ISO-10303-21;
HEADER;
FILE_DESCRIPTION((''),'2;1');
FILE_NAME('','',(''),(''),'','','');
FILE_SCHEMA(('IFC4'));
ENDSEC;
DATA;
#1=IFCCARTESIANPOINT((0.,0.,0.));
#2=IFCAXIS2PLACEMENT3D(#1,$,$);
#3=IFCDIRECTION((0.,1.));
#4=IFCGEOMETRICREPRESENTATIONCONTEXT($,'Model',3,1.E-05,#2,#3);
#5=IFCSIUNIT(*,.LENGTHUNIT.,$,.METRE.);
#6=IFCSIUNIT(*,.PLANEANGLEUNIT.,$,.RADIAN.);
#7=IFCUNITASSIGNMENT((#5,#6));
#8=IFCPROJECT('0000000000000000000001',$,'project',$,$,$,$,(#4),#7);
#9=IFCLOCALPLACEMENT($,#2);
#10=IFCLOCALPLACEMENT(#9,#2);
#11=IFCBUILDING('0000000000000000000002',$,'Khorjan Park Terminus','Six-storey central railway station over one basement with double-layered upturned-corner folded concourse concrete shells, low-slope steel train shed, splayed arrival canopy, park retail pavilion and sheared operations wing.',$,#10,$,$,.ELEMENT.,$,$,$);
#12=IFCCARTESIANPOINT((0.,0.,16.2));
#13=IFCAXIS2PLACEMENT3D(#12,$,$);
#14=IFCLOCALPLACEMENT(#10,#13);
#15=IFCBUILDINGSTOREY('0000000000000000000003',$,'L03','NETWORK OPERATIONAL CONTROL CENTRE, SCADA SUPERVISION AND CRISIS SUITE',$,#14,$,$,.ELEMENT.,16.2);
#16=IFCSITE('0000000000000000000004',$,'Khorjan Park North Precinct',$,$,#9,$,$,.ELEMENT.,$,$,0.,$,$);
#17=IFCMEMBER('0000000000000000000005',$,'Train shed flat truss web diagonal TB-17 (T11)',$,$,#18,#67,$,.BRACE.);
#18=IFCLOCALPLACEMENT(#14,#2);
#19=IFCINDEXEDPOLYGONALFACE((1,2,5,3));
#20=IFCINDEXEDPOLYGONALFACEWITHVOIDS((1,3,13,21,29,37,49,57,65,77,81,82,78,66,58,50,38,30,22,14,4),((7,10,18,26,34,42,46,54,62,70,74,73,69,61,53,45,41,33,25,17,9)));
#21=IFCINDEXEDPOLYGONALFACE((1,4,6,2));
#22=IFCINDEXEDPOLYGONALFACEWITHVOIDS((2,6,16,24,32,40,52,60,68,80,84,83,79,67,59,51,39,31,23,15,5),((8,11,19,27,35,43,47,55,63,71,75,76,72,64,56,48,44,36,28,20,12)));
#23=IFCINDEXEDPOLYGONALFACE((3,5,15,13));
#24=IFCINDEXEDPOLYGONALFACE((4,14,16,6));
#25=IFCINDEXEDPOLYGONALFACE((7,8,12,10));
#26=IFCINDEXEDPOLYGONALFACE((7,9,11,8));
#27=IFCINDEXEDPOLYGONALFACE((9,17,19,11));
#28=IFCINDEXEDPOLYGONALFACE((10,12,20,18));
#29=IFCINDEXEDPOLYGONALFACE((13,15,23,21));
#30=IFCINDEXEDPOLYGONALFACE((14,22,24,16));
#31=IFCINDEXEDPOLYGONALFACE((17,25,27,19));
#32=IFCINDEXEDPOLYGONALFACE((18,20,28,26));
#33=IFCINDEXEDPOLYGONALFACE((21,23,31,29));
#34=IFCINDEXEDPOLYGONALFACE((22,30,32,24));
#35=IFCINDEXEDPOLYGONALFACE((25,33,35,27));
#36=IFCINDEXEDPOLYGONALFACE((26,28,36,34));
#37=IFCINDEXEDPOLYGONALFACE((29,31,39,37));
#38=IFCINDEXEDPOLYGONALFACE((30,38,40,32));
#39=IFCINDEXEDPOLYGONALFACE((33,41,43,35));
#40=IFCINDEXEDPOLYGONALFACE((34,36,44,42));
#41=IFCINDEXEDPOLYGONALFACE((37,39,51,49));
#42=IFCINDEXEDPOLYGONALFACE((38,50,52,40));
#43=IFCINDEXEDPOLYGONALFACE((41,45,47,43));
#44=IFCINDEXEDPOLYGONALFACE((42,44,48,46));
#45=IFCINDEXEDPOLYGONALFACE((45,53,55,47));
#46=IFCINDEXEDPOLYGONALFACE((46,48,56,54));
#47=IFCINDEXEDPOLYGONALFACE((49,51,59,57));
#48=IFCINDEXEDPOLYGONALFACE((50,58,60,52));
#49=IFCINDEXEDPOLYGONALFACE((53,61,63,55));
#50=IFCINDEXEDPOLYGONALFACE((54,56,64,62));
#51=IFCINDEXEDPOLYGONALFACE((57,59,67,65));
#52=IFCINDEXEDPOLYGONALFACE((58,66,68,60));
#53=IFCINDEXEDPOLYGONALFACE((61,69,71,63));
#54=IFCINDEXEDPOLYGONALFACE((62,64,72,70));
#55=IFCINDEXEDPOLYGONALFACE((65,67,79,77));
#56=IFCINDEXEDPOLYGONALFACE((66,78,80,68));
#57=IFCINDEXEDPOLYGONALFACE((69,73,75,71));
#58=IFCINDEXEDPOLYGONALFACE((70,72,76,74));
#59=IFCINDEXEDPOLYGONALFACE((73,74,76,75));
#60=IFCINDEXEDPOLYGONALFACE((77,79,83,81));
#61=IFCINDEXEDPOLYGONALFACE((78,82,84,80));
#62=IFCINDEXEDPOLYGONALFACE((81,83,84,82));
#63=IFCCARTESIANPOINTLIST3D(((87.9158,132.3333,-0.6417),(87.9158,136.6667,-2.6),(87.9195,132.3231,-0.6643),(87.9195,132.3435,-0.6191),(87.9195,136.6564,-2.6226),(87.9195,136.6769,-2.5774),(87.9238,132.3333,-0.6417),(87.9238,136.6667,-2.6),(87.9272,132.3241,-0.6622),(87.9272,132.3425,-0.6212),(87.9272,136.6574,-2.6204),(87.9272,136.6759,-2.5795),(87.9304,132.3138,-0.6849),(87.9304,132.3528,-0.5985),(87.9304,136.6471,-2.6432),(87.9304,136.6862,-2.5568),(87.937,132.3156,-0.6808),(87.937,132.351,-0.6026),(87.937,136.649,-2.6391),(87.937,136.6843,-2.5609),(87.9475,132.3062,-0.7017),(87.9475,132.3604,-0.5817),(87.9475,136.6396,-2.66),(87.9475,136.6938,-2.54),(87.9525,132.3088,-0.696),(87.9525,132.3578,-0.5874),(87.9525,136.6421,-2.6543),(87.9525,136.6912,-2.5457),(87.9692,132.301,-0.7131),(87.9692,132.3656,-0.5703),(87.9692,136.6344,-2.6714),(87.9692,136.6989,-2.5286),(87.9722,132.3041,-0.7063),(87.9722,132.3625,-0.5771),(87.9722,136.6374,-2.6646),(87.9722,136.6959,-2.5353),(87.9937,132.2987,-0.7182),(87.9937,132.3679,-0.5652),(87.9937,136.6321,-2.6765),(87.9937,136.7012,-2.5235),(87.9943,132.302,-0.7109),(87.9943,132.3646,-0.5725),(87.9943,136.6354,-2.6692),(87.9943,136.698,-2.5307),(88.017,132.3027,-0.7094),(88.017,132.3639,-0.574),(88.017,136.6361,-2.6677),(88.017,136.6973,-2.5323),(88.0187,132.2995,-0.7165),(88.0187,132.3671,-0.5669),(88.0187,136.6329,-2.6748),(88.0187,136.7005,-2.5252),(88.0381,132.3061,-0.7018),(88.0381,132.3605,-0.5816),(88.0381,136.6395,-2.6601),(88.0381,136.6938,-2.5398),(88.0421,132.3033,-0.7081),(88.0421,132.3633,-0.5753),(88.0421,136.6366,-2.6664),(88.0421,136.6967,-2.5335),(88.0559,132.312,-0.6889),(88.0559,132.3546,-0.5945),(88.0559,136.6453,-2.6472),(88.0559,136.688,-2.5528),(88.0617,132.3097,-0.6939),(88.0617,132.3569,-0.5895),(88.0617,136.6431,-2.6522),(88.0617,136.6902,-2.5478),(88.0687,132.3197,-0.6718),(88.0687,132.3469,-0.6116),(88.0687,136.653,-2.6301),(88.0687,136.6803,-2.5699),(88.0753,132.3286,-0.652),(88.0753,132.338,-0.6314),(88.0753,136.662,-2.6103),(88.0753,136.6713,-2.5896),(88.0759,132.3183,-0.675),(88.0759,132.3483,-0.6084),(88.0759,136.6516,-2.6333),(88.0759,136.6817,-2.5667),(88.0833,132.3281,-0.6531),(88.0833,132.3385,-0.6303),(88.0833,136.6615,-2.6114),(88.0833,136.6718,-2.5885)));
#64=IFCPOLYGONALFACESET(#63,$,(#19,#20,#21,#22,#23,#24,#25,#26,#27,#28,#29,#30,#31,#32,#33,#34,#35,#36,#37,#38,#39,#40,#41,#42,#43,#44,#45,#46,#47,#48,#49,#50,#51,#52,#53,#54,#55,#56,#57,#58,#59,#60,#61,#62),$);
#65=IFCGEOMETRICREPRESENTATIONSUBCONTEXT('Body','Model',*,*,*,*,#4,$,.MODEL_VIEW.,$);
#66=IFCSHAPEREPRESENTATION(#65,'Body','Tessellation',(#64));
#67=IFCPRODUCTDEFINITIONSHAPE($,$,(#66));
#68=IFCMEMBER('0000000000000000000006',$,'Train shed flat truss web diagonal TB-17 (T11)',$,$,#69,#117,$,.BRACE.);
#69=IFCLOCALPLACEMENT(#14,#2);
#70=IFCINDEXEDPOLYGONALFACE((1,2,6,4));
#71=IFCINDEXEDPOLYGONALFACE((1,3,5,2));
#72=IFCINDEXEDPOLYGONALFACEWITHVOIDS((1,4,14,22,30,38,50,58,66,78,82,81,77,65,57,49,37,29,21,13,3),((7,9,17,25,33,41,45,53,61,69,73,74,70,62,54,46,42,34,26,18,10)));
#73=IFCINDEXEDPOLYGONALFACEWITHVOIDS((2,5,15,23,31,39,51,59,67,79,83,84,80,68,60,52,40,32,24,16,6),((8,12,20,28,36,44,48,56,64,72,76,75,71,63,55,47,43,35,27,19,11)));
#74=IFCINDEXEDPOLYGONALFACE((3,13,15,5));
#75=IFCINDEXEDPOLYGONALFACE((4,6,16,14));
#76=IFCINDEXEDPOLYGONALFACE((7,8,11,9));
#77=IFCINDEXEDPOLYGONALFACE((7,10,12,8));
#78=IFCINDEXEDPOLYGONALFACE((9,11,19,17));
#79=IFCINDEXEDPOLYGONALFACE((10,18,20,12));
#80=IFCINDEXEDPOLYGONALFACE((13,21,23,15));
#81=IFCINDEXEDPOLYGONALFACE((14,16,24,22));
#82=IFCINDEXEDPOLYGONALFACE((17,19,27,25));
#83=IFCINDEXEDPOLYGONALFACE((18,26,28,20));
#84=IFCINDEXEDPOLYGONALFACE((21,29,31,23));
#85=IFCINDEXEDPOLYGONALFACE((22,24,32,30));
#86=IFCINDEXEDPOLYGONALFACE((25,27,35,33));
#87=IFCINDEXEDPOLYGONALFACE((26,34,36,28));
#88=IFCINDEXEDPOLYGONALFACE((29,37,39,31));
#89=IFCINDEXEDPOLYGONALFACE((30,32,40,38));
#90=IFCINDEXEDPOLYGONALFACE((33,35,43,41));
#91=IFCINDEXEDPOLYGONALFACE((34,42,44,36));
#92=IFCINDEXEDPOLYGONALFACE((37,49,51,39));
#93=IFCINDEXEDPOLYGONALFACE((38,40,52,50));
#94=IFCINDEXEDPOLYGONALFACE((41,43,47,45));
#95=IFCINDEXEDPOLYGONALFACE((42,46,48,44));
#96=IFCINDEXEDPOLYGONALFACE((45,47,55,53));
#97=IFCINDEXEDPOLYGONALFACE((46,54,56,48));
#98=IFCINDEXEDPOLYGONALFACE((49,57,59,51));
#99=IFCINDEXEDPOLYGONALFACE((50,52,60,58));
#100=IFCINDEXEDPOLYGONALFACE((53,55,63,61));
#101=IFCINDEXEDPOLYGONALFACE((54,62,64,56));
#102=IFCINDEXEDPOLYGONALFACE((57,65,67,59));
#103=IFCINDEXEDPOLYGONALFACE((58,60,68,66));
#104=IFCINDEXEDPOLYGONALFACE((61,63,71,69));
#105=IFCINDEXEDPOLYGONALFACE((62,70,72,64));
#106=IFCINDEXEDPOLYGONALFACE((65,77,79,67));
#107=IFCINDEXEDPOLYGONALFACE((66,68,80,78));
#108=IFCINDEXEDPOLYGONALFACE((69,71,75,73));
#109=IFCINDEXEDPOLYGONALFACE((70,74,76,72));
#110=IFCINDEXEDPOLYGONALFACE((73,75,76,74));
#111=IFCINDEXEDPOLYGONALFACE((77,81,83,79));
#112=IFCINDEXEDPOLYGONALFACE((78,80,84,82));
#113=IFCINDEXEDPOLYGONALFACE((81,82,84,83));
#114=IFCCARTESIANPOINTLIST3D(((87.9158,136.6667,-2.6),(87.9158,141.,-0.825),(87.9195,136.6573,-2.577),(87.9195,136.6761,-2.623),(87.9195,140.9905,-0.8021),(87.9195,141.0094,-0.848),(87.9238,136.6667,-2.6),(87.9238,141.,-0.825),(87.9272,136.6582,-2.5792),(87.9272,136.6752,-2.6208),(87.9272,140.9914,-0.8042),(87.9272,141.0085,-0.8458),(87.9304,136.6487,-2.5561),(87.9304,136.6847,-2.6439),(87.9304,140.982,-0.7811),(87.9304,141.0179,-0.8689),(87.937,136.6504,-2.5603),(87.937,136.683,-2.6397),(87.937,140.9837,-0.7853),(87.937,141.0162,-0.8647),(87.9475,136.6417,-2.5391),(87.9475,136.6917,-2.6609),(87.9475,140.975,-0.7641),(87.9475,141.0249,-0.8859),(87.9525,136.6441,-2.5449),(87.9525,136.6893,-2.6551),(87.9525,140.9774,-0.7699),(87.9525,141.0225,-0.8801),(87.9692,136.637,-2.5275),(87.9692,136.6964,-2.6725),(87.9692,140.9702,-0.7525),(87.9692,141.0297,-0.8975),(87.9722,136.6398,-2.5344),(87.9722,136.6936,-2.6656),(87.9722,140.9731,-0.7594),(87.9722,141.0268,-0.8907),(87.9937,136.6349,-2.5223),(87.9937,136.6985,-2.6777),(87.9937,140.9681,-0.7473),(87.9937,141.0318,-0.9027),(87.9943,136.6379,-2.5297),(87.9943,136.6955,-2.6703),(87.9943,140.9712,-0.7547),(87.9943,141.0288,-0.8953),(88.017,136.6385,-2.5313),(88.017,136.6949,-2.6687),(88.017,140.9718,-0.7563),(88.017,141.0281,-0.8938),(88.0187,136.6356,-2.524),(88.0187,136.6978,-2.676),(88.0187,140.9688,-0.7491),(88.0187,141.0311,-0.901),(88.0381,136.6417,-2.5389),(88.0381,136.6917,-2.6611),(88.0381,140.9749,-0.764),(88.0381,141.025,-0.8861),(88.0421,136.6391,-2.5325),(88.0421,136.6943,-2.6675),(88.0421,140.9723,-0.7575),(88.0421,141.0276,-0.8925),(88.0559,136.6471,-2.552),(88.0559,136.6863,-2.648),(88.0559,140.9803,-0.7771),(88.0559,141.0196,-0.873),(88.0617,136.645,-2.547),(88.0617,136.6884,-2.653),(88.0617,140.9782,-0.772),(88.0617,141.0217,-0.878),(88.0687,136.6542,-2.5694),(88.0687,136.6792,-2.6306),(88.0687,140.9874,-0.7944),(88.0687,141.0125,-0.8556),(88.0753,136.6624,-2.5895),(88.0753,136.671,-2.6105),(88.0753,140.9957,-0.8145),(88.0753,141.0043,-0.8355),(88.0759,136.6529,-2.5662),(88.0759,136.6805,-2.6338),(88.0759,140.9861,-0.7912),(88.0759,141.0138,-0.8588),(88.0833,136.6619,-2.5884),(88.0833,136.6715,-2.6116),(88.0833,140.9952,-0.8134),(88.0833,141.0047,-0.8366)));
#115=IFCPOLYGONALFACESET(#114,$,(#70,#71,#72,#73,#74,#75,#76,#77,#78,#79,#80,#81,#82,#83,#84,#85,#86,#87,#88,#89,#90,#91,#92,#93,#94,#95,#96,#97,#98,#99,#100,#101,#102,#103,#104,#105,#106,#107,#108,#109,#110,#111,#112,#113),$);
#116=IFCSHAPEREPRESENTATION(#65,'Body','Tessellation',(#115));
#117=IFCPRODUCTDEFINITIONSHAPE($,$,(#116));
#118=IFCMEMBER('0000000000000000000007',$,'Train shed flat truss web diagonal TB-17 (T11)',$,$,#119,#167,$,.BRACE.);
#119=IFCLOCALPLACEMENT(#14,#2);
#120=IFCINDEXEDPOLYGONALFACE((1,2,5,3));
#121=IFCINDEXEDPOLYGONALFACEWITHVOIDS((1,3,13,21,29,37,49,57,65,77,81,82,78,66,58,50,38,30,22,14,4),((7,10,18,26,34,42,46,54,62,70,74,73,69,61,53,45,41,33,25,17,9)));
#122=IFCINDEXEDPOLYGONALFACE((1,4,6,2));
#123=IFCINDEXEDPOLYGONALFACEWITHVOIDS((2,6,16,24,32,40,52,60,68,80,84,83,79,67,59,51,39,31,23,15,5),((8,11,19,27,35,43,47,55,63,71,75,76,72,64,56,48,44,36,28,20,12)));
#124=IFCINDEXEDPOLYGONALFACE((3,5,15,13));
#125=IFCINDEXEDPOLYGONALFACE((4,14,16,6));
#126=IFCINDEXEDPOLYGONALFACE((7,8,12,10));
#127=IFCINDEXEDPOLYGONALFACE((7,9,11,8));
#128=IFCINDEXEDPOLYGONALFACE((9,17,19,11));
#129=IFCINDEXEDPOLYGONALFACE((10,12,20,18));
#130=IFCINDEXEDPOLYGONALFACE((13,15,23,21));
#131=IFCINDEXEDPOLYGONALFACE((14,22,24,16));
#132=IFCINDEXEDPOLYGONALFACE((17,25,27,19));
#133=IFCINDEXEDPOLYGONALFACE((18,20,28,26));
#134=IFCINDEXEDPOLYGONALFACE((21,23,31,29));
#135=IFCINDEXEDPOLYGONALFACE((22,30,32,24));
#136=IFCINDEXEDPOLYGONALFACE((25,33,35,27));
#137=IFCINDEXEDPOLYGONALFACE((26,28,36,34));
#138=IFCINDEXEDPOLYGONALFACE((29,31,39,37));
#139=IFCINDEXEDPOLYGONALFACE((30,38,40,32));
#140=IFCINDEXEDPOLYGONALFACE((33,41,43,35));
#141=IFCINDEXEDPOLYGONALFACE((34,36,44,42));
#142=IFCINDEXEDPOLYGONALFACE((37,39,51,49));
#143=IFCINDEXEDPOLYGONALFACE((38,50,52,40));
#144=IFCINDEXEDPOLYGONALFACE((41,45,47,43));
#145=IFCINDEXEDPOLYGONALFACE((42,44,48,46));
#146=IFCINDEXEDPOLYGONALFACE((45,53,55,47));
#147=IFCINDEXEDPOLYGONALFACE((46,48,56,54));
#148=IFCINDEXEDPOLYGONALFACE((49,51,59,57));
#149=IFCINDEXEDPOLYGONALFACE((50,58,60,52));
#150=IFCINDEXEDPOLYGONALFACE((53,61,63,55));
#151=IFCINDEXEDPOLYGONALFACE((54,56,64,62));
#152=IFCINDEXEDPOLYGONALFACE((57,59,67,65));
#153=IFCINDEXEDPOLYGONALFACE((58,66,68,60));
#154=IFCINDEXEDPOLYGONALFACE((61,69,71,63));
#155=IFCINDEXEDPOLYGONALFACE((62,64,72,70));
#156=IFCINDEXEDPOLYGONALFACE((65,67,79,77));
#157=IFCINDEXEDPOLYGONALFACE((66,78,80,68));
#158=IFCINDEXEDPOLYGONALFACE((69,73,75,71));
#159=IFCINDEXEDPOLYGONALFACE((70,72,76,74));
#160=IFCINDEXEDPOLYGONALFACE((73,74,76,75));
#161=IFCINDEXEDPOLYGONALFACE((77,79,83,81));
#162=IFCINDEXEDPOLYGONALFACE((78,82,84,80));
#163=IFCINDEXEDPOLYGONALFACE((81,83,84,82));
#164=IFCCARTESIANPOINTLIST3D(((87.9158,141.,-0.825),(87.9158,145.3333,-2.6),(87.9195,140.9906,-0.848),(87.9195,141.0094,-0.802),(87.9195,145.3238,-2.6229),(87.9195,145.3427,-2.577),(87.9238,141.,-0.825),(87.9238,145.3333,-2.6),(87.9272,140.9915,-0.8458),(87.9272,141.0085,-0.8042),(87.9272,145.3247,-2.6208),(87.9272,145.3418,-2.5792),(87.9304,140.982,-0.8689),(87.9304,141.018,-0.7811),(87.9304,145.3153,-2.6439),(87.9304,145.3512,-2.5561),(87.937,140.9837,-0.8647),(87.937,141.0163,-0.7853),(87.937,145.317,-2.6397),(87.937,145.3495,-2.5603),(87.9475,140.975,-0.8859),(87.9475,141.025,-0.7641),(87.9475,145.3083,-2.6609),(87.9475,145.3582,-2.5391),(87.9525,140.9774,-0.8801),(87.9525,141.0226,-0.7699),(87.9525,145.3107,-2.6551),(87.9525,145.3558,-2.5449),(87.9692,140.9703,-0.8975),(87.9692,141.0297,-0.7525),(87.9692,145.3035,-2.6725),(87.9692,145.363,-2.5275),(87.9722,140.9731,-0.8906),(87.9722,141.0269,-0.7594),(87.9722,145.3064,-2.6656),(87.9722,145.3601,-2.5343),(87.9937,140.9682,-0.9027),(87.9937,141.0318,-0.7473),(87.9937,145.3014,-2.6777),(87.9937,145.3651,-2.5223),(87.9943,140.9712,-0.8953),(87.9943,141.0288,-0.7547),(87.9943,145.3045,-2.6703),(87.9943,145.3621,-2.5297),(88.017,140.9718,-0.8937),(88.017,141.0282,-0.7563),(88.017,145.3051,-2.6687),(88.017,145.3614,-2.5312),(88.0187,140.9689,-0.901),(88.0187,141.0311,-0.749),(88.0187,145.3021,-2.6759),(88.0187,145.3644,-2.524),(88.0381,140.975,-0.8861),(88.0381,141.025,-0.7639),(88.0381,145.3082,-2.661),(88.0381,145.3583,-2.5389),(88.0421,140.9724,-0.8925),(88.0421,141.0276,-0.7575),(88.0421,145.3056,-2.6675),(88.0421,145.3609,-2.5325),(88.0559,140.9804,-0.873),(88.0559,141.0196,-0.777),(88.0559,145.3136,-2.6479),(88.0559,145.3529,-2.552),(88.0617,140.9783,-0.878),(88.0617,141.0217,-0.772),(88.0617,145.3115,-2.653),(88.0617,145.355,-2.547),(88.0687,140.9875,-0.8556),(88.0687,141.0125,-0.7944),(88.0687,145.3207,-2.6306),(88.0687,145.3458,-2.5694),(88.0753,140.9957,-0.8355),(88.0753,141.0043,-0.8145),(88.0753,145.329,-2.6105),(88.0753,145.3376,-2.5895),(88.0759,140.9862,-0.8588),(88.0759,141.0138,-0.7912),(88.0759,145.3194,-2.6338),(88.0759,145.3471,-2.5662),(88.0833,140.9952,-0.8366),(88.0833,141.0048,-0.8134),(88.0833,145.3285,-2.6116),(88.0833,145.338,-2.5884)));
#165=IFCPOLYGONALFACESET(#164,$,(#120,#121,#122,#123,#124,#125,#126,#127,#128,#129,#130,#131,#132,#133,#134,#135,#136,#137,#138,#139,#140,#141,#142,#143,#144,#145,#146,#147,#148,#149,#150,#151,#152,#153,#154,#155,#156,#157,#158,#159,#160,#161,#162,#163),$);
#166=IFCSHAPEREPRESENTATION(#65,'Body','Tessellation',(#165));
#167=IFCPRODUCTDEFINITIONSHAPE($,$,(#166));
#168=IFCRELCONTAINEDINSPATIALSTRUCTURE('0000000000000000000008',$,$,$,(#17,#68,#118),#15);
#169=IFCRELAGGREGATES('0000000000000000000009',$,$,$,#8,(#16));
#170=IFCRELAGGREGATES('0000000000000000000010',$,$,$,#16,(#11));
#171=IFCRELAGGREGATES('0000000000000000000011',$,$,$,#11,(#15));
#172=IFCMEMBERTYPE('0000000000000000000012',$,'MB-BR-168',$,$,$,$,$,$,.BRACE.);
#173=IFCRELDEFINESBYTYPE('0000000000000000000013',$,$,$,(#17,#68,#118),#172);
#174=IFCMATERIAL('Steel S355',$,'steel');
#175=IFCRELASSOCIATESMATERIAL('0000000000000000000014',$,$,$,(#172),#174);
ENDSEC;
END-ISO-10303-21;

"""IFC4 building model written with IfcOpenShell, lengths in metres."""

from ifc_helpers import new_model, si_unit, direction, frame, origin, origin_2d, place, context, subcontext, project, spatial, hollow_circle, extrude, material, material_profile, profile_set, type_object, element, save


model = new_model("IFC4")

# Units and contexts
model_context = context("Model", 3, precision=1e-05, world=origin(), true_north=direction((0.0, 1.0)))
body_context = subcontext(model_context, "Body", "Model", "MODEL_VIEW")
ifc_project = project(units=[si_unit("LENGTHUNIT", "METRE"), si_unit("PLANEANGLEUNIT", "RADIAN")], contexts=[model_context])

# Site, building, storey
site_placement = place(None, origin())
site = spatial("IfcSite", under=ifc_project, at=site_placement, Name="Khorjan Park North Precinct", CompositionType="ELEMENT", RefElevation=0.0)
building_placement = place(site_placement, origin())
building = spatial("IfcBuilding", under=site, at=building_placement, Name="Khorjan Park Terminus", Description="Six-storey central railway station over one basement with double-layered upturned-corner folded concourse concrete shells, low-slope steel train shed, splayed arrival canopy, park retail pavilion and sheared operations wing.", CompositionType="ELEMENT")
storey_placement = place(building_placement, frame((0.0, 0.0, 16.2)))
storey = spatial("IfcBuildingStorey", under=building, at=storey_placement, Name="L03", Description="NETWORK OPERATIONAL CONTROL CENTRE, SCADA SUPERVISION AND CRISIS SUITE", CompositionType="ELEMENT", Elevation=16.2)

# Members
ifc_material_1 = material(Name="Steel S355", Category="steel")
ifc_material_profile_1 = material_profile(ifc_material_1, hollow_circle(Radius=0.0842, WallThickness=0.008, at=origin_2d()), Name="CHS 168.3x8")
ifc_profile_set_1 = profile_set([ifc_material_profile_1], Name="Steel S355")
member_type_1 = type_object("IfcMemberType", Name="MB-BR-168", PredefinedType="BRACE", material=ifc_profile_set_1)
member_1_placement = place(storey_placement, frame((88.0, 132.3333, -0.6417), z_axis=(0.0, 0.91127, -0.41181), x_axis=(-1.0, 0.0, 0.0)))
element("IfcMember", 1, at=member_1_placement, inside=storey, type_object=member_type_1, Name="Train shed flat truss web diagonal TB-17 (T11)", PredefinedType="BRACE", context=body_context, shape_type="SweptSolid", body=[
    extrude(hollow_circle(Radius=0.0842, WallThickness=0.008, at=origin_2d()), origin(), (0.0, 0.0, 1.0), 4.7553),
])
for number, where, z_axis, x_axis, name in (
    (2, (88.0, 136.6667, -2.6), (0.0, 0.925376, 0.379051), (-1.0, 0.0, 0.0), "Train shed flat truss web diagonal TB-17 (T11)"),
    (3, (88.0, 141.0, -0.825), (0.0, 0.925376, -0.379051), (-1.0, 0.0, 0.0), "Train shed flat truss web diagonal TB-17 (T11)"),
):
    element("IfcMember", number, at=place(storey_placement, frame(where, z_axis=z_axis, x_axis=x_axis)), inside=storey, type_object=member_type_1, Name=name, PredefinedType="BRACE", context=body_context, shape_type="SweptSolid", body=[
        extrude(hollow_circle(Radius=0.0842, WallThickness=0.008, at=origin_2d()), origin(), (0.0, 0.0, 1.0), 4.6827),
    ])

save(model, "model.ifc")
